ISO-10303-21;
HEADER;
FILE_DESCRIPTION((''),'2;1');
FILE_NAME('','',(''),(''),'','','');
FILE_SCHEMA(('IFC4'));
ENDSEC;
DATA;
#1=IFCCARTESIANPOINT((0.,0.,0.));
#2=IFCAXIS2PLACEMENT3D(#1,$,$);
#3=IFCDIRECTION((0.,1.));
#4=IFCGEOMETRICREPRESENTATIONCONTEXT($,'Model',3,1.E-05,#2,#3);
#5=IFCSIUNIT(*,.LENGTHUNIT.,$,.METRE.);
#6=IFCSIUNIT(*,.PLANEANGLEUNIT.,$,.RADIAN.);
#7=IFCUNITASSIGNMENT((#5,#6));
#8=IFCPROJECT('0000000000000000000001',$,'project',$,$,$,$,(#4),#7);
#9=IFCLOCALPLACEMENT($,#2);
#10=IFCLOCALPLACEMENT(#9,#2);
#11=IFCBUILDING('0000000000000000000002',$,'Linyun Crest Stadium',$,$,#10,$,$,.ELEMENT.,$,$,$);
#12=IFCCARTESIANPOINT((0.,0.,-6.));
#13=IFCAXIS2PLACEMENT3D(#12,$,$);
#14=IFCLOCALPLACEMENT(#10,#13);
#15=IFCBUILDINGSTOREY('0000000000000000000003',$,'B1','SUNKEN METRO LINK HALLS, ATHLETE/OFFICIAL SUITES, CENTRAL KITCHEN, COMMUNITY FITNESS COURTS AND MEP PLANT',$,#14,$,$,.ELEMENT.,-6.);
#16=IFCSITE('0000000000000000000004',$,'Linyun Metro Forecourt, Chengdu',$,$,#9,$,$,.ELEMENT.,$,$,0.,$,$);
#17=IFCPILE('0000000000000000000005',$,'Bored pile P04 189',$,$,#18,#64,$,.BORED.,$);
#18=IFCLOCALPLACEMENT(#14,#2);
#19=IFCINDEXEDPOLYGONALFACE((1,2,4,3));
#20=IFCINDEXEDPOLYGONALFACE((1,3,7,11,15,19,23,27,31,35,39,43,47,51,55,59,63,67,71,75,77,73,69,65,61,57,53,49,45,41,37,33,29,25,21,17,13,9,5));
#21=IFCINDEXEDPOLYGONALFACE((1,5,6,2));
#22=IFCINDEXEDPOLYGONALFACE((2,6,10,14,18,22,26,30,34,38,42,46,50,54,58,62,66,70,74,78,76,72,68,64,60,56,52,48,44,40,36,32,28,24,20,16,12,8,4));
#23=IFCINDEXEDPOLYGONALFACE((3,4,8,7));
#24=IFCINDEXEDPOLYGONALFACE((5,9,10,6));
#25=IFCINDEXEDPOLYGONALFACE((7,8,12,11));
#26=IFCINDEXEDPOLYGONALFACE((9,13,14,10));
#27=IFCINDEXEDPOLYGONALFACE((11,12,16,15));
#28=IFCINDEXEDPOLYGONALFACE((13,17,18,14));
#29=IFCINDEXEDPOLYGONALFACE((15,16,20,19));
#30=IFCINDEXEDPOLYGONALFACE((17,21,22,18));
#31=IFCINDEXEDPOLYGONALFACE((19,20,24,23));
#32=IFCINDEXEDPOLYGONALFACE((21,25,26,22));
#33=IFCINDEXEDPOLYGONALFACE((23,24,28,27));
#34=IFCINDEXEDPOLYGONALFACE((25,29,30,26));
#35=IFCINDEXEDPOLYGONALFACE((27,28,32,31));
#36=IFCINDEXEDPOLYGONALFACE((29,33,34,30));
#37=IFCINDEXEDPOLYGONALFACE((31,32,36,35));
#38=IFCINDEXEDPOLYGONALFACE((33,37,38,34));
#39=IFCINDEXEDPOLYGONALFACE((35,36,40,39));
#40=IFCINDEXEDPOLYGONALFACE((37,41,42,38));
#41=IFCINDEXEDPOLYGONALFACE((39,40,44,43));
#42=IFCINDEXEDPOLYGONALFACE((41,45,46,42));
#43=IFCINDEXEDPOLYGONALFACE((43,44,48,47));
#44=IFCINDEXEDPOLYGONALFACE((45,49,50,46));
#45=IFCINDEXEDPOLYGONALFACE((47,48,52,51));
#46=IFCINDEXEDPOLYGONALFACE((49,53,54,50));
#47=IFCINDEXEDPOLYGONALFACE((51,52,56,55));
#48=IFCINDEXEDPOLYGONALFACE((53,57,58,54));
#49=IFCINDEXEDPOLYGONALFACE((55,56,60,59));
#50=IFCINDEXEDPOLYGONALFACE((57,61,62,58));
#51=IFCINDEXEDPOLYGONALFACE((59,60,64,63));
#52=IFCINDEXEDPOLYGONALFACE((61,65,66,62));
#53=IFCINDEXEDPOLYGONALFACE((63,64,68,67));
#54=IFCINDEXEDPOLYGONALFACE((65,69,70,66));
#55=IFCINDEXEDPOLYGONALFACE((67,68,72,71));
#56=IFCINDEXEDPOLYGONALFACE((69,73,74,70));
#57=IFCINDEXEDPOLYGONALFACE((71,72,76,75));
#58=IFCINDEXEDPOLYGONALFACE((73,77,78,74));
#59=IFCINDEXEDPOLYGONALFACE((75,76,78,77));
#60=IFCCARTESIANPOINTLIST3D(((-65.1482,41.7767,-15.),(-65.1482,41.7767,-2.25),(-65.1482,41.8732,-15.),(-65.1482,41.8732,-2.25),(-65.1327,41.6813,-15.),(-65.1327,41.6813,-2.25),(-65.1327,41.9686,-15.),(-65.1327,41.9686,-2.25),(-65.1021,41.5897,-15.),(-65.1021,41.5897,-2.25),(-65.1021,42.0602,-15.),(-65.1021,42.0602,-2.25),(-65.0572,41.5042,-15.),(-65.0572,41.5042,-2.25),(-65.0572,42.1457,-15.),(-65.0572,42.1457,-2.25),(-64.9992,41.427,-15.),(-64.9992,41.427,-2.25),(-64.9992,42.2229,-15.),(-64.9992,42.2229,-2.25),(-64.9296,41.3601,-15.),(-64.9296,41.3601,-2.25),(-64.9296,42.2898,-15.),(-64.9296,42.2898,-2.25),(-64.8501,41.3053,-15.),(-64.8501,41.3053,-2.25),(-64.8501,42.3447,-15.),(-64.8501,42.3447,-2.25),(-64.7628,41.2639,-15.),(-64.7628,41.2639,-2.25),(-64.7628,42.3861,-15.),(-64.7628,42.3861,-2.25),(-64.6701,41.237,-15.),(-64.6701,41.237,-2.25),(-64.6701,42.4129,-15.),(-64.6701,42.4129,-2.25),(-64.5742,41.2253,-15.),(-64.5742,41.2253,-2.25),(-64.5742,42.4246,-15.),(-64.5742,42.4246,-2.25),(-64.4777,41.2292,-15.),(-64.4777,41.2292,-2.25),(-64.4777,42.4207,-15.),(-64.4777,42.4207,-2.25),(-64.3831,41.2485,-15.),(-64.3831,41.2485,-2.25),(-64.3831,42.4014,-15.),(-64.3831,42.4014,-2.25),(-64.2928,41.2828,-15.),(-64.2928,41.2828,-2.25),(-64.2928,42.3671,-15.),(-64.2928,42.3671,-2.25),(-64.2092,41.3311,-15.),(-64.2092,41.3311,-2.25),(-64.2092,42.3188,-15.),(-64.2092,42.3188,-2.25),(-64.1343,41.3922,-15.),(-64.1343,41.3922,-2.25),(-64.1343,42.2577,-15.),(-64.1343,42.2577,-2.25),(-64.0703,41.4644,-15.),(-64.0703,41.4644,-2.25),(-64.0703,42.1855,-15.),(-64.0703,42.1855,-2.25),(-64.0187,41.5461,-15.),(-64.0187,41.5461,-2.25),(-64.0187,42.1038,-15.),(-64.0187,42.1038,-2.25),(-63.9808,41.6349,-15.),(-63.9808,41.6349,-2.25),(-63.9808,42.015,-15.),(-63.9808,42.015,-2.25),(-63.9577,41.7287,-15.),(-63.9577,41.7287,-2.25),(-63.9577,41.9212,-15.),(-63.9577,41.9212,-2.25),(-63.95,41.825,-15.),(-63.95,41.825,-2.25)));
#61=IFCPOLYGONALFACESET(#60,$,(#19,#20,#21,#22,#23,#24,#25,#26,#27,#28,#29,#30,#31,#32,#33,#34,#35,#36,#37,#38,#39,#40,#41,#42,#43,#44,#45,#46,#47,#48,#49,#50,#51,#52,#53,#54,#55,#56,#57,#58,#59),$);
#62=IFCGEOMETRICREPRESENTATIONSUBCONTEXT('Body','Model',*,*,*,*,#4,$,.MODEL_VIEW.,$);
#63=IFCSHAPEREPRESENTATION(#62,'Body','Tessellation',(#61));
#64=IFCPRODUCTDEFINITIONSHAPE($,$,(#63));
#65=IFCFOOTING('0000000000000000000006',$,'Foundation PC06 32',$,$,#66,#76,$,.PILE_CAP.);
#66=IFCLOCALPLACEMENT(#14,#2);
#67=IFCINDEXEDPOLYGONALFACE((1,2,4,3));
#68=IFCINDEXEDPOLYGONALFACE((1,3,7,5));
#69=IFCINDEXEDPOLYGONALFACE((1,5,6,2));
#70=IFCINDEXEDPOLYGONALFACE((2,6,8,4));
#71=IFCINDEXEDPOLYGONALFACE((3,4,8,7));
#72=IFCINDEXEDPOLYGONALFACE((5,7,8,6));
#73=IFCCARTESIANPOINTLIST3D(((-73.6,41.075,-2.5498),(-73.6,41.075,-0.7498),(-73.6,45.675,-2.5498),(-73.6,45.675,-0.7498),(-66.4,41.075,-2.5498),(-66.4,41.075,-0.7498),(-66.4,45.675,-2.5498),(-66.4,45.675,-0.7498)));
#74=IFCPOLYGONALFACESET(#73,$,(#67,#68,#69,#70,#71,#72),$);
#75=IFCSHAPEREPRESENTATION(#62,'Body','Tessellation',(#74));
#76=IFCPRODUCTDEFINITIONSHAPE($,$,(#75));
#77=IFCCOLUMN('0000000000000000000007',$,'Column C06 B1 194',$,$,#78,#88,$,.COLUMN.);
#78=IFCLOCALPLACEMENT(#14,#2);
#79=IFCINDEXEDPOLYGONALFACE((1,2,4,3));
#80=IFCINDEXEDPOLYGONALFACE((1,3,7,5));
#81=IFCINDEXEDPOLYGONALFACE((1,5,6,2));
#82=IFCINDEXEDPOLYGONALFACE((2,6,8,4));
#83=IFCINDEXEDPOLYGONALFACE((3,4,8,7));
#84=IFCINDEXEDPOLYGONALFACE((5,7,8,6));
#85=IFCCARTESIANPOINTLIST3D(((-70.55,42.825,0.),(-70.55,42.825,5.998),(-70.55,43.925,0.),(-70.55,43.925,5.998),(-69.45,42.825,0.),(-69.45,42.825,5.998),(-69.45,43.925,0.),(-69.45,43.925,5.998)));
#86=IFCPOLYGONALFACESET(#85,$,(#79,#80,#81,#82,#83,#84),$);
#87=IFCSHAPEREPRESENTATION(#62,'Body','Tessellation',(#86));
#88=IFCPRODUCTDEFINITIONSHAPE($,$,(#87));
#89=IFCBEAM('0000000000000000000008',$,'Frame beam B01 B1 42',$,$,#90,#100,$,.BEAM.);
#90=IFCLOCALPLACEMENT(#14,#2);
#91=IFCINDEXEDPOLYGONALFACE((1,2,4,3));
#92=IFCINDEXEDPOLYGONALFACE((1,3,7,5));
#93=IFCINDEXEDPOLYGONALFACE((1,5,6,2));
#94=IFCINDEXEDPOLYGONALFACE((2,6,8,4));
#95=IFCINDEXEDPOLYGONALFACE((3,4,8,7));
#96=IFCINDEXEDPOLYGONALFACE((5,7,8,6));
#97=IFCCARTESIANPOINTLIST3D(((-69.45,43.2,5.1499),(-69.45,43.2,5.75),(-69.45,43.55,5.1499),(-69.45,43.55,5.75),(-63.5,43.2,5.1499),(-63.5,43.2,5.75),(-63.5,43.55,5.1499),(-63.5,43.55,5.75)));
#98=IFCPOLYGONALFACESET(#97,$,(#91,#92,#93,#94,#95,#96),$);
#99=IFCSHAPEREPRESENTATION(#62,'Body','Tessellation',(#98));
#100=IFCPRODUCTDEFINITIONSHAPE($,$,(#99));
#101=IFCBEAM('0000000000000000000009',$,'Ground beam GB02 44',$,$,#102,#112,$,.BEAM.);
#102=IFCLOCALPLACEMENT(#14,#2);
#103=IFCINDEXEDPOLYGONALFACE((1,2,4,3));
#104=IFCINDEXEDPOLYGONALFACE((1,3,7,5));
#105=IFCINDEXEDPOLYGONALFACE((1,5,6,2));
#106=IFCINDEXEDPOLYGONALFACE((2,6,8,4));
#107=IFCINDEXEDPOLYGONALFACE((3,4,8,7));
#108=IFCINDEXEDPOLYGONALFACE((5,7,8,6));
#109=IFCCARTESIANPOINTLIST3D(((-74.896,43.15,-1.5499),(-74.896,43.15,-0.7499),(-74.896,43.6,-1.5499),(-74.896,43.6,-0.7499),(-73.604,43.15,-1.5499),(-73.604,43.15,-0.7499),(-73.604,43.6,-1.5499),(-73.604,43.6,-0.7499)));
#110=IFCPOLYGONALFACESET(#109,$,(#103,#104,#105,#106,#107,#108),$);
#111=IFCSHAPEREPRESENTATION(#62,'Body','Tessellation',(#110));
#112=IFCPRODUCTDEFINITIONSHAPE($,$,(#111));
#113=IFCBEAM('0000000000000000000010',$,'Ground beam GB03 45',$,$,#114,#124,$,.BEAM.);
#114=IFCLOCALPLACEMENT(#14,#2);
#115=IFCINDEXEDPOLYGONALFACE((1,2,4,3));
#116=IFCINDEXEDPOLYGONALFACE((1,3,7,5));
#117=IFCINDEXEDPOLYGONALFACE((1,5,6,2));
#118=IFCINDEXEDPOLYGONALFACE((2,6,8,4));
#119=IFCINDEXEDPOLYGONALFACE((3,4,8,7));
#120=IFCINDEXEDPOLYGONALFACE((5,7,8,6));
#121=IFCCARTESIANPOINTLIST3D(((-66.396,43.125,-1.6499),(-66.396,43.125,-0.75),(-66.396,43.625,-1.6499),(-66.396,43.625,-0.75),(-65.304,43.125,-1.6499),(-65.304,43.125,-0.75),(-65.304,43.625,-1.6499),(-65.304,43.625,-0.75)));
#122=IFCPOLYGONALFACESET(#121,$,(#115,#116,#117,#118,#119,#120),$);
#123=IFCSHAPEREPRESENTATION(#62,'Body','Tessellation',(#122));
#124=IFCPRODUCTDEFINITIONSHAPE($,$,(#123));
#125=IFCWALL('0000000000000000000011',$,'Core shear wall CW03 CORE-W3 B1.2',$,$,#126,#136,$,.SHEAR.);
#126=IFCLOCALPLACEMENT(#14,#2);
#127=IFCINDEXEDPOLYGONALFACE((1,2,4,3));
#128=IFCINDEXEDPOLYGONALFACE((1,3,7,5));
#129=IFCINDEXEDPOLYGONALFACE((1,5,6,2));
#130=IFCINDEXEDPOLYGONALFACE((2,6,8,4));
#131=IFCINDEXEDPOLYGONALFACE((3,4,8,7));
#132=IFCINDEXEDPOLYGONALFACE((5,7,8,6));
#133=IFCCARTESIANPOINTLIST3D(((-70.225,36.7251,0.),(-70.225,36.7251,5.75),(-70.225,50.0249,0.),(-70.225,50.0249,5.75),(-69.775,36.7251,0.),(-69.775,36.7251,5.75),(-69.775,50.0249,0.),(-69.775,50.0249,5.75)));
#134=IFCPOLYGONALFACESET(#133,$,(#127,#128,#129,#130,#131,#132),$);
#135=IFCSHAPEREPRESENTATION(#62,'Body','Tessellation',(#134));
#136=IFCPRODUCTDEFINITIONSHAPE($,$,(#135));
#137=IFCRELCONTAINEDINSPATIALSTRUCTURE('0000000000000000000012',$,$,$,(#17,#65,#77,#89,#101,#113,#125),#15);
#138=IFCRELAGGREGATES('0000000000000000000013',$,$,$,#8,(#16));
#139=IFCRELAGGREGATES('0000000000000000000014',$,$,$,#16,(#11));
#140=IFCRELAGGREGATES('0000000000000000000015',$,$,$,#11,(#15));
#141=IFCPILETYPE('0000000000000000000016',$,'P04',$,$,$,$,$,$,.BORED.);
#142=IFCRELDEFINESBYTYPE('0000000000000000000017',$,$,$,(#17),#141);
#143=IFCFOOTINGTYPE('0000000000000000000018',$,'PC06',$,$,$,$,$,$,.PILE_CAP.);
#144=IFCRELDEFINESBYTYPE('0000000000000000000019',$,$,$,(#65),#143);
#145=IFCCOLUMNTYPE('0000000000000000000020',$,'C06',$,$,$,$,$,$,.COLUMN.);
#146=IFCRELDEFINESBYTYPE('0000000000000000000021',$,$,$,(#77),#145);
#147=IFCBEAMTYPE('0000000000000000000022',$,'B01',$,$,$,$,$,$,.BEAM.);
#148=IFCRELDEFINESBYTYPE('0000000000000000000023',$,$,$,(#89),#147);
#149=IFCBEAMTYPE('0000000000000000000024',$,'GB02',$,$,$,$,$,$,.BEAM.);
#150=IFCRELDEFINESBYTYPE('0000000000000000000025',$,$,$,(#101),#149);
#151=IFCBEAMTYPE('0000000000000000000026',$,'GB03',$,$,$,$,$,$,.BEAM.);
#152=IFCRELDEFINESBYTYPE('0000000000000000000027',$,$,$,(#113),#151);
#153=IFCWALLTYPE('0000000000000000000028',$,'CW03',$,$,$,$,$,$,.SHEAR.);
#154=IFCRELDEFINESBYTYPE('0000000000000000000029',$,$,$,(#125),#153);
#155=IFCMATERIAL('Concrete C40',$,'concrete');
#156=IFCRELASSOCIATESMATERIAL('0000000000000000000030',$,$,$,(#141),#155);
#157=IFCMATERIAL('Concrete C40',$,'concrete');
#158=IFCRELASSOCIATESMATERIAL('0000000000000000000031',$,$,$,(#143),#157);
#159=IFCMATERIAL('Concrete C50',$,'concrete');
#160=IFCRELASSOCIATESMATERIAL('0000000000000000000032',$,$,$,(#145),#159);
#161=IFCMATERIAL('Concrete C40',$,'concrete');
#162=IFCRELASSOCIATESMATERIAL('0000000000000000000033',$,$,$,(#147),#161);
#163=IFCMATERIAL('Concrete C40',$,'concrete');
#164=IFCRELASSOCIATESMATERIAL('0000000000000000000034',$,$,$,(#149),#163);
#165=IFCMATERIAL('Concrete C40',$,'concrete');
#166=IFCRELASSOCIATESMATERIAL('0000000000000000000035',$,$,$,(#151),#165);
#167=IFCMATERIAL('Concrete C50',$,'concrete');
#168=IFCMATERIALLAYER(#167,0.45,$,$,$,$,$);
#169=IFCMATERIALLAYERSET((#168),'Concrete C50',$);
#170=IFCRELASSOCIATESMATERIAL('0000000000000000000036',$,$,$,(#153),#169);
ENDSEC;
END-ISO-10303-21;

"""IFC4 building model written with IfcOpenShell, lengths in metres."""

from ifc_helpers import new_model, si_unit, direction, frame, frame_2d, origin, origin_2d, place, context, subcontext, project, spatial, rectangle, circle, extrude, material, layer, layer_set, material_profile, profile_set, type_object, element, save


model = new_model("IFC4")

# Units and contexts
model_context = context("Model", 3, precision=1e-05, world=origin(), true_north=direction((0.0, 1.0)))
body_context = subcontext(model_context, "Body", "Model", "MODEL_VIEW")
ifc_project = project(units=[si_unit("LENGTHUNIT", "METRE"), si_unit("PLANEANGLEUNIT", "RADIAN")], contexts=[model_context])

# Site, building, storey
site_placement = place(None, origin())
site = spatial("IfcSite", under=ifc_project, at=site_placement, Name="Linyun Metro Forecourt, Chengdu", CompositionType="ELEMENT", RefElevation=0.0)
building_placement = place(site_placement, origin())
building = spatial("IfcBuilding", under=site, at=building_placement, Name="Linyun Crest Stadium", CompositionType="ELEMENT")
storey_placement = place(building_placement, frame((0.0, 0.0, -6.0)))
storey = spatial("IfcBuildingStorey", under=building, at=storey_placement, Name="B1", Description="SUNKEN METRO LINK HALLS, ATHLETE/OFFICIAL SUITES, CENTRAL KITCHEN, COMMUNITY FITNESS COURTS AND MEP PLANT", CompositionType="ELEMENT", Elevation=-6.0)

# Pile
ifc_material_1 = material(Name="Concrete C40", Category="concrete")
ifc_material_profile_1 = material_profile(ifc_material_1, circle(Radius=0.6001, at=origin_2d()), Name="BORED PILE 1200")
ifc_profile_set_1 = profile_set([ifc_material_profile_1], Name="Concrete C40")
pile_type = type_object("IfcPileType", Name="P04", PredefinedType="BORED", material=ifc_profile_set_1)
for number, where, z_axis, x_axis, name in (
    (1, (-64.55, 41.825, -2.25), (0.0, 0.0, -1.0), (1.0, 0.0, 0.0), "Bored pile P04 189"),
):
    element("IfcPile", number, at=place(storey_placement, frame(where, z_axis=z_axis, x_axis=x_axis)), inside=storey, type_object=pile_type, Name=name, PredefinedType="BORED", context=body_context, shape_type="SweptSolid", body=[
        extrude(circle(Radius=0.6001, at=origin_2d()), origin(), (0.0, 0.0, 1.0), 12.75),
    ])

# Footing
ifc_material_2 = material(Name="Concrete C40", Category="concrete")
footing_type = type_object("IfcFootingType", Name="PC06", PredefinedType="PILE_CAP", material=ifc_material_2)
footing_placement = place(storey_placement, frame((-70.0, 43.375, -2.5498), z_axis=(0.0, 0.0, 1.0), x_axis=(1.0, 0.0, 0.0)))
element("IfcFooting", 2, at=footing_placement, inside=storey, type_object=footing_type, Name="Foundation PC06 32", PredefinedType="PILE_CAP", context=body_context, shape_type="SweptSolid", body=[
    extrude(rectangle(XDim=7.2, YDim=4.6001, at=origin_2d()), origin(), (0.0, 0.0, 1.0), 1.8),
])

# Column
ifc_material_3 = material(Name="Concrete C50", Category="concrete")
ifc_material_profile_2 = material_profile(ifc_material_3, rectangle(XDim=1.1001, YDim=1.1001, at=origin_2d()), Name="RC 1100x1100")
ifc_profile_set_2 = profile_set([ifc_material_profile_2], Name="Concrete C50")
column_type = type_object("IfcColumnType", Name="C06", PredefinedType="COLUMN", material=ifc_profile_set_2)
column_placement = place(storey_placement, frame((-70.0, 43.375, 0.0), z_axis=(0.0, 0.0, 1.0), x_axis=(1.0, 0.0, 0.0)))
element("IfcColumn", 3, at=column_placement, inside=storey, type_object=column_type, Name="Column C06 B1 194", PredefinedType="COLUMN", context=body_context, shape_type="SweptSolid", body=[
    extrude(rectangle(XDim=1.1001, YDim=1.1001, at=origin_2d()), origin(), (0.0, 0.0, 1.0), 5.998),
])

# Beams
ifc_material_4 = material(Name="Concrete C40", Category="concrete")
ifc_material_profile_3 = material_profile(ifc_material_4, rectangle(XDim=0.3501, YDim=0.6001, at=origin_2d()), Name="RCB 600x350")
ifc_profile_set_3 = profile_set([ifc_material_profile_3], Name="Concrete C40")
beam_type_1 = type_object("IfcBeamType", Name="B01", PredefinedType="BEAM", material=ifc_profile_set_3)
beam_1_placement = place(storey_placement, frame((-69.45, 43.375, 5.45), z_axis=(1.0, 0.0, 0.0), x_axis=(0.0, 1.0, 0.0)))
element("IfcBeam", 4, at=beam_1_placement, inside=storey, type_object=beam_type_1, Name="Frame beam B01 B1 42", PredefinedType="BEAM", context=body_context, shape_type="SweptSolid", body=[
    extrude(rectangle(XDim=0.3501, YDim=0.6001, at=origin_2d()), origin(), (0.0, 0.0, 1.0), 5.95),
])
ifc_material_5 = material(Name="Concrete C40", Category="concrete")
ifc_material_profile_4 = material_profile(ifc_material_5, rectangle(XDim=0.45, YDim=0.8, at=origin_2d()), Name="RCB 800x450")
ifc_profile_set_4 = profile_set([ifc_material_profile_4], Name="Concrete C40")
beam_type_2 = type_object("IfcBeamType", Name="GB02", PredefinedType="BEAM", material=ifc_profile_set_4)
beam_2_placement = place(storey_placement, frame((-74.896, 43.375, -1.1499), z_axis=(1.0, 0.0, 0.0), x_axis=(0.0, 1.0, 0.0)))
element("IfcBeam", 5, at=beam_2_placement, inside=storey, type_object=beam_type_2, Name="Ground beam GB02 44", PredefinedType="BEAM", context=body_context, shape_type="SweptSolid", body=[
    extrude(rectangle(XDim=0.45, YDim=0.8, at=origin_2d()), origin(), (0.0, 0.0, 1.0), 1.292),
])
ifc_material_6 = material(Name="Concrete C40", Category="concrete")
ifc_material_profile_5 = material_profile(ifc_material_6, rectangle(XDim=0.5, YDim=0.8999, at=origin_2d()), Name="RCB 900x500")
ifc_profile_set_5 = profile_set([ifc_material_profile_5], Name="Concrete C40")
beam_type_3 = type_object("IfcBeamType", Name="GB03", PredefinedType="BEAM", material=ifc_profile_set_5)
beam_3_placement = place(storey_placement, frame((-66.396, 43.375, -1.2), z_axis=(1.0, 0.0, 0.0), x_axis=(0.0, 1.0, 0.0)))
element("IfcBeam", 6, at=beam_3_placement, inside=storey, type_object=beam_type_3, Name="Ground beam GB03 45", PredefinedType="BEAM", context=body_context, shape_type="SweptSolid", body=[
    extrude(rectangle(XDim=0.5, YDim=0.8999, at=origin_2d()), origin(), (0.0, 0.0, 1.0), 1.092),
])

# Wall
ifc_material_7 = material(Name="Concrete C50", Category="concrete")
ifc_layer_1 = layer(ifc_material_7, 0.45)
ifc_layer_set_1 = layer_set([ifc_layer_1], Name="Concrete C50")
wall_type_1 = type_object("IfcWallType", Name="CW03", PredefinedType="SHEAR", material=ifc_layer_set_1)
wall_1_placement = place(storey_placement, frame((-70.0, 36.7251, 0.0), z_axis=(0.0, 0.0, 1.0), x_axis=(0.0, 1.0, 0.0)))
element("IfcWall", 7, at=wall_1_placement, inside=storey, type_object=wall_type_1, Name="Core shear wall CW03 CORE-W3 B1.2", PredefinedType="SHEAR", context=body_context, shape_type="SweptSolid", body=[
    extrude(rectangle(XDim=13.2998, YDim=0.45, at=frame_2d((6.6499, 0.0))), origin(), (0.0, 0.0, 1.0), 5.75),
])

save(model, "model.ifc")
